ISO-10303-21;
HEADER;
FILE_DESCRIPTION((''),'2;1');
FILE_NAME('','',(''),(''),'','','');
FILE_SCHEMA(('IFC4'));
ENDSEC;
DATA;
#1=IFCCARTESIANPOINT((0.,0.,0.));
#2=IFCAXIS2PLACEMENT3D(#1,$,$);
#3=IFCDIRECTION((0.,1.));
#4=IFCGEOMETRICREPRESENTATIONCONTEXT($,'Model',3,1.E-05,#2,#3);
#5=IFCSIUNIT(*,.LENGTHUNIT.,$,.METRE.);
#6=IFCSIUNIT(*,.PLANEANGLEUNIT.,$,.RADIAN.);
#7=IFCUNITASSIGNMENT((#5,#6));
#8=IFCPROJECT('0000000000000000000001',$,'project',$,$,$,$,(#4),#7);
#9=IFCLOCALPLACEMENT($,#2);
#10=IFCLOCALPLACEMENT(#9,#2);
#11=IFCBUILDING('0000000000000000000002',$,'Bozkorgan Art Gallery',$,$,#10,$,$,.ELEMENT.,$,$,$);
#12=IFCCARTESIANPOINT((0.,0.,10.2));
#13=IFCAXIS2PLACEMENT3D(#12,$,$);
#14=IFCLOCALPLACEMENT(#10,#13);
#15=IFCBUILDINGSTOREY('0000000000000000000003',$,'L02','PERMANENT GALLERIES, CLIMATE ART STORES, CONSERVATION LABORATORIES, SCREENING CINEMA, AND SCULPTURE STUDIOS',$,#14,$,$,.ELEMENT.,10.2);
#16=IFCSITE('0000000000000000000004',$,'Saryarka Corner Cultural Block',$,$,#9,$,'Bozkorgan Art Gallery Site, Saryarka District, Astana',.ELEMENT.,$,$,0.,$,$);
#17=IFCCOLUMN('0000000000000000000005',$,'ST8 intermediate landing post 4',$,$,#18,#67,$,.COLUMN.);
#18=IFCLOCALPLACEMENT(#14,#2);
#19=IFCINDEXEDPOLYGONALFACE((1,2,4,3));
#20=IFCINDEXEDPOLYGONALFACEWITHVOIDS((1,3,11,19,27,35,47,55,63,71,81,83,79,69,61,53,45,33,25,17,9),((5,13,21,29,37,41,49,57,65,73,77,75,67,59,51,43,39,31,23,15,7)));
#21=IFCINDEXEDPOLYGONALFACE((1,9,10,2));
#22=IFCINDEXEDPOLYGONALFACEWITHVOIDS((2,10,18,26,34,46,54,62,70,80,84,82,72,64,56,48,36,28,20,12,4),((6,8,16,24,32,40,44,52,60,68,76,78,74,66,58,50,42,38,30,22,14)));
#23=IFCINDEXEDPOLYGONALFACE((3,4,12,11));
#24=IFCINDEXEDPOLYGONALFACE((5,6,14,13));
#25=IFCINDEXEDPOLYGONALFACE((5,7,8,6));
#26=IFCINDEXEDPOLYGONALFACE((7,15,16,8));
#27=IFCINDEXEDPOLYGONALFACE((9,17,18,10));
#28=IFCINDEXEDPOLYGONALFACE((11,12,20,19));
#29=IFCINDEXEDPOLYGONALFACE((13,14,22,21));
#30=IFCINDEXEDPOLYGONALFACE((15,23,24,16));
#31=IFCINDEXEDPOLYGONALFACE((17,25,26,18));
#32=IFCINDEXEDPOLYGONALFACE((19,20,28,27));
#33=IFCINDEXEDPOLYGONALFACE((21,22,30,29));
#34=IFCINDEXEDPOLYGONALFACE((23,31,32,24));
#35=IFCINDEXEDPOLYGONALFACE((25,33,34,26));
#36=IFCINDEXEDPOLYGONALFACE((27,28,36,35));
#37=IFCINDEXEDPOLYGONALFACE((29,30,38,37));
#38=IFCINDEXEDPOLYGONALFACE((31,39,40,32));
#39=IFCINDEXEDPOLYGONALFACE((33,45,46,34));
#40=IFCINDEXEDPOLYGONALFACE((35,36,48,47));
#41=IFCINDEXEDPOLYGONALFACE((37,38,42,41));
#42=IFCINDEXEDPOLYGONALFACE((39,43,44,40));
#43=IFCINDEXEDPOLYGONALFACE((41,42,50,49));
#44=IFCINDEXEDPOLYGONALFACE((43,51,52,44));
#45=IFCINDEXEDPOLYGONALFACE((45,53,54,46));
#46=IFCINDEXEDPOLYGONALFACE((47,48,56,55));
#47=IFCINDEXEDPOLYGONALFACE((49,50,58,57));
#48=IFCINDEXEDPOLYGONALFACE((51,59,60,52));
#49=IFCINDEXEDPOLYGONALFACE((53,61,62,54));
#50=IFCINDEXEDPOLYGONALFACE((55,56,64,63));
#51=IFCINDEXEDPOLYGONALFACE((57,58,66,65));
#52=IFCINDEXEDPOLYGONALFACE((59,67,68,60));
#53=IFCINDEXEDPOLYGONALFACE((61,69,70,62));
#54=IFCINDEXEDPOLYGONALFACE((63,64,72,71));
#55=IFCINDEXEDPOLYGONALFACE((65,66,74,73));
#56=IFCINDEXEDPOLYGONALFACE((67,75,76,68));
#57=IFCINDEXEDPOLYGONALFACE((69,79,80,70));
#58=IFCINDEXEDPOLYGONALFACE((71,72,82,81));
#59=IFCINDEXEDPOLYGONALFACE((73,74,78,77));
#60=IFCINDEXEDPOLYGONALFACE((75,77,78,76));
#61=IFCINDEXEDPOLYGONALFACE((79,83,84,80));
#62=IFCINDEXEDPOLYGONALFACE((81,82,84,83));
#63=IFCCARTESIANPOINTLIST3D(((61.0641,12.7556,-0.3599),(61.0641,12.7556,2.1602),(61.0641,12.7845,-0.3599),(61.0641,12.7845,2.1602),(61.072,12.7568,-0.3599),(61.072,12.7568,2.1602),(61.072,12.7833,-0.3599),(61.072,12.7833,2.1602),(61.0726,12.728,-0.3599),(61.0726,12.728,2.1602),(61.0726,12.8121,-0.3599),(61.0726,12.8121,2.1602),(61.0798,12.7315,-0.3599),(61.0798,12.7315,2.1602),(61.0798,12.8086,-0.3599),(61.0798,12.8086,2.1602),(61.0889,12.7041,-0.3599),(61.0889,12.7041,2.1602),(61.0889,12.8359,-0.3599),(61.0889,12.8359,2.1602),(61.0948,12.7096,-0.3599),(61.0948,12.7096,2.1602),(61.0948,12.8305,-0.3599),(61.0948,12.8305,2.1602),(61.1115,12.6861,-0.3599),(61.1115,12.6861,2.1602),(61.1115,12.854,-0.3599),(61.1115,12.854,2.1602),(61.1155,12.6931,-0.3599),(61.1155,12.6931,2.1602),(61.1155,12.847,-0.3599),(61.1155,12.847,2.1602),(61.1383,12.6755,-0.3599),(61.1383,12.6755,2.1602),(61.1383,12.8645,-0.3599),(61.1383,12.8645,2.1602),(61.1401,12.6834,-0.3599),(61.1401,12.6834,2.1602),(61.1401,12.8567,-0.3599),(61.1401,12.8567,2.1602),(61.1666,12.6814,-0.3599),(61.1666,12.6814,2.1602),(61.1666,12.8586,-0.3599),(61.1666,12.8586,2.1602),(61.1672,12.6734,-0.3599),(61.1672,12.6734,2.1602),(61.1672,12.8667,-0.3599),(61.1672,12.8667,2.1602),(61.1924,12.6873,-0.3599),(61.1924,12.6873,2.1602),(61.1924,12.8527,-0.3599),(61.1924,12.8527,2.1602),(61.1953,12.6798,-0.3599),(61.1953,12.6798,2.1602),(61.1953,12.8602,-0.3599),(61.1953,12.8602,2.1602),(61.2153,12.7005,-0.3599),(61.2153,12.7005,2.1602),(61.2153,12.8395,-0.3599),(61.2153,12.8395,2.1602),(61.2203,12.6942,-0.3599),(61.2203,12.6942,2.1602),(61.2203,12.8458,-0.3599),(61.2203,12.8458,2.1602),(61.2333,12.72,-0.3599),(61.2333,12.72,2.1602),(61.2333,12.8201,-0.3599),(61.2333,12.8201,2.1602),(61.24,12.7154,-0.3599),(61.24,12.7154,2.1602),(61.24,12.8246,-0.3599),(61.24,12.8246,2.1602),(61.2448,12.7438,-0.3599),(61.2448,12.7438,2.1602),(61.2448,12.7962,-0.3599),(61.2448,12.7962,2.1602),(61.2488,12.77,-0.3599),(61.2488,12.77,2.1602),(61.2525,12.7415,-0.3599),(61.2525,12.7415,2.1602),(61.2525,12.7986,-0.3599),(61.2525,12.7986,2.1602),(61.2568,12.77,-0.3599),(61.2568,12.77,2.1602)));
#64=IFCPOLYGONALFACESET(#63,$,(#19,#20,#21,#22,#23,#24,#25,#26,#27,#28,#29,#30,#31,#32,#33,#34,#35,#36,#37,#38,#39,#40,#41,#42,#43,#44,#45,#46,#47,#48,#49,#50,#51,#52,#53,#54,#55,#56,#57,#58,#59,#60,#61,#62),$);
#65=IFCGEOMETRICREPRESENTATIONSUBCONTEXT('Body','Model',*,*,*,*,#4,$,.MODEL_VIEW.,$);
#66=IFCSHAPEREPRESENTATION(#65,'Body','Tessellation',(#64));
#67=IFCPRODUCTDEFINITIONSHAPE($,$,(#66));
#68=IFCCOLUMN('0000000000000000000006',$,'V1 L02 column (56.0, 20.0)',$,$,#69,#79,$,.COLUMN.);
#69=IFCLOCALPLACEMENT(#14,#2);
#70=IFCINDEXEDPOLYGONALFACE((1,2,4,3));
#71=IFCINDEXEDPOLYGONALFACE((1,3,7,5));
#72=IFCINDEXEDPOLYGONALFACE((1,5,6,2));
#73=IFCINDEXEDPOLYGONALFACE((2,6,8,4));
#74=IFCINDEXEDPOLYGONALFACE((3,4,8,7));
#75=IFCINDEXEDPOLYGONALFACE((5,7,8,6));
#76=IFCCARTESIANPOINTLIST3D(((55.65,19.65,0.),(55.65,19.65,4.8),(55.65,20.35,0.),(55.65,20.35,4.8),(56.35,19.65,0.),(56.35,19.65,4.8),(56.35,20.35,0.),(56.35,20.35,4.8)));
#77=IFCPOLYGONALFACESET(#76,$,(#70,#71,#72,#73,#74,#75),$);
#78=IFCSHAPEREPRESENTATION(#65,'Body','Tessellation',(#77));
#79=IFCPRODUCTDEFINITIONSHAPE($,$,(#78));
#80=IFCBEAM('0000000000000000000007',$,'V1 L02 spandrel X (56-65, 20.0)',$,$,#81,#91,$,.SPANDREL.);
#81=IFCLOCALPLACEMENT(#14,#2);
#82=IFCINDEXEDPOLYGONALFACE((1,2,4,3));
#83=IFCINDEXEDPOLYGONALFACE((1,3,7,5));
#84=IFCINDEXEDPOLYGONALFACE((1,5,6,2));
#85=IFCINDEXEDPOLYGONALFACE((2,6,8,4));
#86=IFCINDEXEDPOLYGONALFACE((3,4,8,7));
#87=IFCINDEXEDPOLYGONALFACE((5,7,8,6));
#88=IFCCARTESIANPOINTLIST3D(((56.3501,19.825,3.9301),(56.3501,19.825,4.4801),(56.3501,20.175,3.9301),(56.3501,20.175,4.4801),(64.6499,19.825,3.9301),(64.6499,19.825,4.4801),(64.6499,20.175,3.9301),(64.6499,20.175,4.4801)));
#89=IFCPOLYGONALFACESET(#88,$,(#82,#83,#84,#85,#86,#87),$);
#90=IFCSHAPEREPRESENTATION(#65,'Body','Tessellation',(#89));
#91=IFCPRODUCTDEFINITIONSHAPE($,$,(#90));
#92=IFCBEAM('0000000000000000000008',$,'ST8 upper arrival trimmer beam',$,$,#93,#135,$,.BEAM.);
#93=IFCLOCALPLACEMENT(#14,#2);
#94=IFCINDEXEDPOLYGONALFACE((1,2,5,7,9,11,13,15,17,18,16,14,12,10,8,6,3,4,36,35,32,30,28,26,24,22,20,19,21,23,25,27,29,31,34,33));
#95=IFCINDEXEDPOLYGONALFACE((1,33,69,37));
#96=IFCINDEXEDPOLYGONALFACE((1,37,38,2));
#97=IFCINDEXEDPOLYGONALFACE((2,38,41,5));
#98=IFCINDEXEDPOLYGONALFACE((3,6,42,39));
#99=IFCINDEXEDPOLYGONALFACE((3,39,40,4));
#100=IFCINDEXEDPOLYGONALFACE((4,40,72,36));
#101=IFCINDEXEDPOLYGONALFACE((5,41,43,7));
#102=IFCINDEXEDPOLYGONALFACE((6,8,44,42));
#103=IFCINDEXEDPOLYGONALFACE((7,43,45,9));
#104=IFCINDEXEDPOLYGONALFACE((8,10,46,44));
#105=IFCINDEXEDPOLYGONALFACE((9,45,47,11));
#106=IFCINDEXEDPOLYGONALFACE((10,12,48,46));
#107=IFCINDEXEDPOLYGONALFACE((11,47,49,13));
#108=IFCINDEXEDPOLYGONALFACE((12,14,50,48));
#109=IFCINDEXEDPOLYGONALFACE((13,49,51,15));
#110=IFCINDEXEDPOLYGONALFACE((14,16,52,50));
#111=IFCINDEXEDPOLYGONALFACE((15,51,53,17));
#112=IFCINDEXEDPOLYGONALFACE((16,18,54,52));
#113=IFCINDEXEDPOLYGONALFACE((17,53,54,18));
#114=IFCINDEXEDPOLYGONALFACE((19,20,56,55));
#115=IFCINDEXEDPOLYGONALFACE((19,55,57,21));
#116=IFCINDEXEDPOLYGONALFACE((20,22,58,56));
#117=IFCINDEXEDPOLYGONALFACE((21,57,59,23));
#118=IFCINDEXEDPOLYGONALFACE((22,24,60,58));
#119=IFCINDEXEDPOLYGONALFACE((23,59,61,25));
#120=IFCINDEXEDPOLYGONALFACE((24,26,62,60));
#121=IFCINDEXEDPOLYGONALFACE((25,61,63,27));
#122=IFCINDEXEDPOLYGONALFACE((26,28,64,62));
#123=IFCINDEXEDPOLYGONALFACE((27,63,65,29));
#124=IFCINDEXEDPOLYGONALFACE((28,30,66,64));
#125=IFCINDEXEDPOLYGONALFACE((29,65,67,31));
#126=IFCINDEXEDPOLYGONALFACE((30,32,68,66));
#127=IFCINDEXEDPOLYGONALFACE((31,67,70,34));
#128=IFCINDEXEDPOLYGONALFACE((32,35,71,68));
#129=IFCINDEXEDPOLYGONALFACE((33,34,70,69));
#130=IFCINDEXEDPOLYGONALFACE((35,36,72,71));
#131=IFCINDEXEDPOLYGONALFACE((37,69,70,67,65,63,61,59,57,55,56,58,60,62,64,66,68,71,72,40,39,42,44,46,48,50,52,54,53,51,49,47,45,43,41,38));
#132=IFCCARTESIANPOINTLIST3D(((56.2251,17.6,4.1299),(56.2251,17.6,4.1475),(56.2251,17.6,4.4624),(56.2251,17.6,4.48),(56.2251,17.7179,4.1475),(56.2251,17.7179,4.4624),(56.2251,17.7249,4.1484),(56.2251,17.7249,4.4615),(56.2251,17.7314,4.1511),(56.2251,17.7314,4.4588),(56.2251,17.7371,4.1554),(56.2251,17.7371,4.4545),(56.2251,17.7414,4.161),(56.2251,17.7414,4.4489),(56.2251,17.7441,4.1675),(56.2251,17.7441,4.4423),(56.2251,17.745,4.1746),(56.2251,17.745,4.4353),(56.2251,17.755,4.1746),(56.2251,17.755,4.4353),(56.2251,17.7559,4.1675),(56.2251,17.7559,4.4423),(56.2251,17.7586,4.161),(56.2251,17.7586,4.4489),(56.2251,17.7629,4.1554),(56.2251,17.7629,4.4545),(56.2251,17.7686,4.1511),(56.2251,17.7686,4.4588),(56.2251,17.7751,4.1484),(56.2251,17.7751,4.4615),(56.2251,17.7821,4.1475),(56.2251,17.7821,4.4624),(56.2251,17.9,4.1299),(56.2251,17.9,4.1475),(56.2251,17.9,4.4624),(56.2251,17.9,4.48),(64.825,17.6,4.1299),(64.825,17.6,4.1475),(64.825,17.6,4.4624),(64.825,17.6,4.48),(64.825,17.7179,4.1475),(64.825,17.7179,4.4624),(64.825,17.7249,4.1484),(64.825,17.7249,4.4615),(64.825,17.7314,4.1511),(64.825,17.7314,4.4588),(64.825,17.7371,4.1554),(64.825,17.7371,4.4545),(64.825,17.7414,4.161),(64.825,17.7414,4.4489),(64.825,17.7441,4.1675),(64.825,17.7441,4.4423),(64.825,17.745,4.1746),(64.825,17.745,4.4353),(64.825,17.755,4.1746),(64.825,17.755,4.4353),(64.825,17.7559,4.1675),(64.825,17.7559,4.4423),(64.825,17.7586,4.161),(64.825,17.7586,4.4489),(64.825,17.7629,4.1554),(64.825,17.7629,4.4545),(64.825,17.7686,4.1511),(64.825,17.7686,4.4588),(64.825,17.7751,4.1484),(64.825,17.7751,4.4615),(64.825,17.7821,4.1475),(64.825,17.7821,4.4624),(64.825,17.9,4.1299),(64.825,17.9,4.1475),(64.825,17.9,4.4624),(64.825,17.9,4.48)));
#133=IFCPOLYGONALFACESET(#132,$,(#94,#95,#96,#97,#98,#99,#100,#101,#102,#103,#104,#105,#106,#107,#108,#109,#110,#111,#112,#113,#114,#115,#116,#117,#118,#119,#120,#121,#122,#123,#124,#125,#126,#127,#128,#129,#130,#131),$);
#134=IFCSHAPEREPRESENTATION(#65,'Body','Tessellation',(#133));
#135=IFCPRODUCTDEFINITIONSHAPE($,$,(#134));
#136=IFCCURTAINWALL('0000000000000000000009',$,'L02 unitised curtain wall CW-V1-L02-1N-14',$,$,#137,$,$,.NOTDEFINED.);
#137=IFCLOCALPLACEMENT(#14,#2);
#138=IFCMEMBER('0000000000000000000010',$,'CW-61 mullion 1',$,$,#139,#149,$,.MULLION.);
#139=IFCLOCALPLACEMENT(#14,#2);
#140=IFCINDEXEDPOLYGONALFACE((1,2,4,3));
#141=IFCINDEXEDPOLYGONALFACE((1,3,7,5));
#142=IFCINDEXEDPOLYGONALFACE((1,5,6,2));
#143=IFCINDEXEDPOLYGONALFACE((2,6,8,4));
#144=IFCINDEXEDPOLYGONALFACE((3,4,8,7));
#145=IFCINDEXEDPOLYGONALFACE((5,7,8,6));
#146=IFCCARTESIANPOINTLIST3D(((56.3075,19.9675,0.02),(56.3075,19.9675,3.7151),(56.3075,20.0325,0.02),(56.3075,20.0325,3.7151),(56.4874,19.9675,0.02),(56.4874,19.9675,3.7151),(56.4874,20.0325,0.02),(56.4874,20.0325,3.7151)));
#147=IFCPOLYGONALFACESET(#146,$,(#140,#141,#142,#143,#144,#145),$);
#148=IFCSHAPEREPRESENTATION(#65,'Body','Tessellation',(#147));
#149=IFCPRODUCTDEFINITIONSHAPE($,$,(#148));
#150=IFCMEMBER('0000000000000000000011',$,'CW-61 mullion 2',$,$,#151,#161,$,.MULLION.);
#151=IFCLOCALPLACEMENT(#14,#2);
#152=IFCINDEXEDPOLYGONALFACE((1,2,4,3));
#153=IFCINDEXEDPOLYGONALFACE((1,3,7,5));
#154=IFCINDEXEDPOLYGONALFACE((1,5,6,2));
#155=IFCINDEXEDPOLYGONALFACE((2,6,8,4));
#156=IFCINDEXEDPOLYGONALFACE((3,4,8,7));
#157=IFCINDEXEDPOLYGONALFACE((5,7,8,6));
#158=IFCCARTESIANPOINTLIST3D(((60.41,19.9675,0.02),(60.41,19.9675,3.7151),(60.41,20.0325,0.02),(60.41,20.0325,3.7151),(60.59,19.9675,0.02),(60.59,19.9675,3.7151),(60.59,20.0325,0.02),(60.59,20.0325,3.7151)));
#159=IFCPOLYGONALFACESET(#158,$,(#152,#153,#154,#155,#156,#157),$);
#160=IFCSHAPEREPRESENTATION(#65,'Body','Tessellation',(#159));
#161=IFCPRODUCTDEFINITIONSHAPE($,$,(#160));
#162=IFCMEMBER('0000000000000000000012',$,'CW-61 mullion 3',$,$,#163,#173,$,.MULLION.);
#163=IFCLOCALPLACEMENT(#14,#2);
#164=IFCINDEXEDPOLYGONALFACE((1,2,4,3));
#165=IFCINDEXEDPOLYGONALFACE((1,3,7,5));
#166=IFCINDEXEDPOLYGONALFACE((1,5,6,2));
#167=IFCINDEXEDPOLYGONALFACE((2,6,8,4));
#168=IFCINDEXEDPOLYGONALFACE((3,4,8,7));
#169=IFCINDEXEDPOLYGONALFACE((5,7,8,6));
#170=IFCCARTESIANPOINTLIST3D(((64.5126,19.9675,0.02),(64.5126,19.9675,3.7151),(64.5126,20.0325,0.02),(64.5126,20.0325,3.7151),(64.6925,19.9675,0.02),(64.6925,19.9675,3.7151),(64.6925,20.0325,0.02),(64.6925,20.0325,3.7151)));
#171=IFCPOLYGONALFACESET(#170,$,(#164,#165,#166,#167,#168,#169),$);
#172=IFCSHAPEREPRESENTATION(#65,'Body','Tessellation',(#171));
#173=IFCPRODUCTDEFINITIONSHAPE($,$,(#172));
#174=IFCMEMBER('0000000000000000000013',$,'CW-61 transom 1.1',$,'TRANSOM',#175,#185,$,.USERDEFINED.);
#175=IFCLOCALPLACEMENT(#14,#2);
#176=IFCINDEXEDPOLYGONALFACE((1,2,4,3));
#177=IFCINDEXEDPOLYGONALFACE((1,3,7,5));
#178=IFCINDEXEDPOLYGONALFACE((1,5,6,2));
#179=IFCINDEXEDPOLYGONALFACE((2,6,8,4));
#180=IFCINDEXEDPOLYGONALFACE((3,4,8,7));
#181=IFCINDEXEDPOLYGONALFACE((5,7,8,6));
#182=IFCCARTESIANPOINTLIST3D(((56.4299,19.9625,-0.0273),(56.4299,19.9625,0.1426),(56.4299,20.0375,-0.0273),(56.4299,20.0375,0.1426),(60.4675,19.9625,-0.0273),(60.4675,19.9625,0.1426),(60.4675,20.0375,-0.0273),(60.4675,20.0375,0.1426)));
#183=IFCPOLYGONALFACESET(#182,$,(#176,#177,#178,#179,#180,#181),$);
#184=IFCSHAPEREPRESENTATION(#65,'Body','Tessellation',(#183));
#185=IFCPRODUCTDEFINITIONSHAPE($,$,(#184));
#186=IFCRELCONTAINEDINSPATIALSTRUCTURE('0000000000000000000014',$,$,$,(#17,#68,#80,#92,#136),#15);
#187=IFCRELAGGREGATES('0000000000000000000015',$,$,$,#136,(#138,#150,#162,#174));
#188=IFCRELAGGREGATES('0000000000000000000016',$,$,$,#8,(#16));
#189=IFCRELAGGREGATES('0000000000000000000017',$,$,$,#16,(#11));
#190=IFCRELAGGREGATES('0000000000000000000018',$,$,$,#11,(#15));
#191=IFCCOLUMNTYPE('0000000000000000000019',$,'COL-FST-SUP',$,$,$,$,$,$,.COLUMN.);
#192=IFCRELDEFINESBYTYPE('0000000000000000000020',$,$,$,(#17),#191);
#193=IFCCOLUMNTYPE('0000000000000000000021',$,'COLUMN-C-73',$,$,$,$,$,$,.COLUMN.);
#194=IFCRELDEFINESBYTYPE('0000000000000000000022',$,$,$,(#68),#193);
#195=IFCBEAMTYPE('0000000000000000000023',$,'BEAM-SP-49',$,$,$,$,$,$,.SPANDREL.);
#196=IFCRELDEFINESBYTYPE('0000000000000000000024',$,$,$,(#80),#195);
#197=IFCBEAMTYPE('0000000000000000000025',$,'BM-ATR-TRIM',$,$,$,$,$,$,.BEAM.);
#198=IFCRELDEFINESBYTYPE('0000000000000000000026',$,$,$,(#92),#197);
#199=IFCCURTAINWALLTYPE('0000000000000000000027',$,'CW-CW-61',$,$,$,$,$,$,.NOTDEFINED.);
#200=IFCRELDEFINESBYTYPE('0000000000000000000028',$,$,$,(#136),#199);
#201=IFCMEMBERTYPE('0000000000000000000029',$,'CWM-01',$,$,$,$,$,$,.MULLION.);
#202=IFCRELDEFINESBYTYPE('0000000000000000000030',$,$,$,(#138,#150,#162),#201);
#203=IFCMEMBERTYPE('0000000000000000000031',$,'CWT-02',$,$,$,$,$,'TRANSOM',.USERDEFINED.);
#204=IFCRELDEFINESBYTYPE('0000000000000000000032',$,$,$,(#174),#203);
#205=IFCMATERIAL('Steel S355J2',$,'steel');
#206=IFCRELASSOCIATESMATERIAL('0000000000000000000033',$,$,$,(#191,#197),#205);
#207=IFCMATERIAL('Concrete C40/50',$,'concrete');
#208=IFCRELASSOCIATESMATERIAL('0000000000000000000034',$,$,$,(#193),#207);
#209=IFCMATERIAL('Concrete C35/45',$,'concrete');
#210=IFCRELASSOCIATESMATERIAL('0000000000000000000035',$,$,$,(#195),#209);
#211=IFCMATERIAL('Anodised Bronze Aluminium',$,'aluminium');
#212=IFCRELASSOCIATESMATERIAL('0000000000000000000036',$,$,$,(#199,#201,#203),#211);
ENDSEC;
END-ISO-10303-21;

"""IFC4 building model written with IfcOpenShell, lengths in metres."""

from ifc_helpers import new_model, si_unit, direction, frame, origin, origin_2d, place, context, subcontext, project, spatial, rectangle, hollow_circle, i_section, extrude, material, material_profile, profile_set, type_object, element, aggregate, save


model = new_model("IFC4")

# Units and contexts
model_context = context("Model", 3, precision=1e-05, world=origin(), true_north=direction((0.0, 1.0)))
body_context = subcontext(model_context, "Body", "Model", "MODEL_VIEW")
ifc_project = project(units=[si_unit("LENGTHUNIT", "METRE"), si_unit("PLANEANGLEUNIT", "RADIAN")], contexts=[model_context])

# Site, building, storey
site_placement = place(None, origin())
site = spatial("IfcSite", under=ifc_project, at=site_placement, Name="Saryarka Corner Cultural Block", LongName="Bozkorgan Art Gallery Site, Saryarka District, Astana", CompositionType="ELEMENT", RefElevation=0.0)
building_placement = place(site_placement, origin())
building = spatial("IfcBuilding", under=site, at=building_placement, Name="Bozkorgan Art Gallery", CompositionType="ELEMENT")
storey_placement = place(building_placement, frame((0.0, 0.0, 10.2)))
storey = spatial("IfcBuildingStorey", under=building, at=storey_placement, Name="L02", Description="PERMANENT GALLERIES, CLIMATE ART STORES, CONSERVATION LABORATORIES, SCREENING CINEMA, AND SCULPTURE STUDIOS", CompositionType="ELEMENT", Elevation=10.2)

# Columns
ifc_material_1 = material(Name="Steel S355J2", Category="steel")
ifc_material_profile_1 = material_profile(ifc_material_1, hollow_circle(Radius=0.0969, WallThickness=0.0081, at=origin_2d()), Name="CHS 193.7x8")
ifc_profile_set_1 = profile_set([ifc_material_profile_1], Name="Steel S355J2")
column_type_1 = type_object("IfcColumnType", Name="COL-FST-SUP", PredefinedType="COLUMN", material=ifc_profile_set_1)
column_1_placement = place(storey_placement, frame((61.1599, 12.77, -0.3599), z_axis=(0.0, 0.0, 1.0), x_axis=(1.0, 0.0, 0.0)))
element("IfcColumn", 1, at=column_1_placement, inside=storey, type_object=column_type_1, Name="ST8 intermediate landing post 4", PredefinedType="COLUMN", context=body_context, shape_type="SweptSolid", body=[
    extrude(hollow_circle(Radius=0.0969, WallThickness=0.0081, at=origin_2d()), origin(), (0.0, 0.0, 1.0), 2.52),
])
ifc_material_2 = material(Name="Concrete C40/50", Category="concrete")
ifc_material_profile_2 = material_profile(ifc_material_2, rectangle(XDim=0.7, YDim=0.7, at=origin_2d()), Name="RC 700x700")
ifc_profile_set_2 = profile_set([ifc_material_profile_2], Name="Concrete C40/50")
column_type_2 = type_object("IfcColumnType", Name="COLUMN-C-73", PredefinedType="COLUMN", material=ifc_profile_set_2)
column_2_placement = place(storey_placement, frame((56.0, 20.0, 0.0), z_axis=(0.0, 0.0, 1.0), x_axis=(1.0, 0.0, 0.0)))
element("IfcColumn", 2, at=column_2_placement, inside=storey, type_object=column_type_2, Name="V1 L02 column (56.0, 20.0)", PredefinedType="COLUMN", context=body_context, shape_type="SweptSolid", body=[
    extrude(rectangle(XDim=0.7, YDim=0.7, at=origin_2d()), origin(), (0.0, 0.0, 1.0), 4.8),
])

# Beams
ifc_material_3 = material(Name="Concrete C35/45", Category="concrete")
ifc_material_profile_3 = material_profile(ifc_material_3, rectangle(XDim=0.3501, YDim=0.55, at=origin_2d()), Name="RC 350x550")
ifc_profile_set_3 = profile_set([ifc_material_profile_3], Name="Concrete C35/45")
beam_type_1 = type_object("IfcBeamType", Name="BEAM-SP-49", PredefinedType="SPANDREL", material=ifc_profile_set_3)
beam_1_placement = place(storey_placement, frame((56.3501, 20.0, 4.2051), z_axis=(1.0, 0.0, 0.0), x_axis=(0.0, 1.0, 0.0)))
element("IfcBeam", 3, at=beam_1_placement, inside=storey, type_object=beam_type_1, Name="V1 L02 spandrel X (56-65, 20.0)", PredefinedType="SPANDREL", context=body_context, shape_type="SweptSolid", body=[
    extrude(rectangle(XDim=0.3501, YDim=0.55, at=origin_2d()), origin(), (0.0, 0.0, 1.0), 8.2998),
])
ifc_material_profile_4 = material_profile(ifc_material_1, i_section(OverallWidth=0.3, OverallDepth=0.3501, WebThickness=0.01, FlangeThickness=0.0176, FilletRadius=0.0271, at=origin_2d()), Name="HEA 360")
ifc_profile_set_4 = profile_set([ifc_material_profile_4], Name="Steel S355J2")
beam_type_2 = type_object("IfcBeamType", Name="BM-ATR-TRIM", PredefinedType="BEAM", material=ifc_profile_set_4)
beam_2_placement = place(storey_placement, frame((56.2251, 17.75, 4.3049), z_axis=(1.0, 0.0, 0.0), x_axis=(0.0, 1.0, 0.0)))
element("IfcBeam", 4, at=beam_2_placement, inside=storey, type_object=beam_type_2, Name="ST8 upper arrival trimmer beam", PredefinedType="BEAM", context=body_context, shape_type="SweptSolid", body=[
    extrude(i_section(OverallWidth=0.3, OverallDepth=0.3501, WebThickness=0.01, FlangeThickness=0.0176, FilletRadius=0.0271, at=origin_2d()), origin(), (0.0, 0.0, 1.0), 8.5999),
])

# Curtain wall, members
ifc_material_4 = material(Name="Anodised Bronze Aluminium", Category="aluminium")
curtain_wall_type_1 = type_object("IfcCurtainWallType", Name="CW-CW-61", PredefinedType="NOTDEFINED", material=ifc_material_4)
curtain_wall_1_placement = place(storey_placement, origin())
curtain_wall_1 = element("IfcCurtainWall", 5, at=curtain_wall_1_placement, inside=storey, type_object=curtain_wall_type_1, Name="L02 unitised curtain wall CW-V1-L02-1N-14", PredefinedType="NOTDEFINED")
ifc_material_profile_5 = material_profile(ifc_material_4, rectangle(XDim=0.0649, YDim=0.1799, at=origin_2d()), Name="ALU MULLION 65x180")
ifc_profile_set_5 = profile_set([ifc_material_profile_5], Name="Anodised Bronze Aluminium")
member_type_1 = type_object("IfcMemberType", Name="CWM-01", PredefinedType="MULLION", material=ifc_profile_set_5)
member_1_placement = place(storey_placement, frame((56.3975, 20.0, 0.02), z_axis=(0.0, 0.0, 1.0), x_axis=(0.0, 1.0, 0.0)))
member_1 = element("IfcMember", 6, at=member_1_placement, type_object=member_type_1, Name="CW-61 mullion 1", PredefinedType="MULLION", context=body_context, shape_type="SweptSolid", body=[
    extrude(rectangle(XDim=0.0649, YDim=0.1799, at=origin_2d()), origin(), (0.0, 0.0, 1.0), 3.6951),
])
member_2_placement = place(storey_placement, frame((60.5, 20.0, 0.02), z_axis=(0.0, 0.0, 1.0), x_axis=(0.0, 1.0, 0.0)))
member_2 = element("IfcMember", 7, at=member_2_placement, type_object=member_type_1, Name="CW-61 mullion 2", PredefinedType="MULLION", context=body_context, shape_type="SweptSolid", body=[
    extrude(rectangle(XDim=0.0649, YDim=0.1799, at=origin_2d()), origin(), (0.0, 0.0, 1.0), 3.6951),
])
member_3_placement = place(storey_placement, frame((64.6025, 20.0, 0.02), z_axis=(0.0, 0.0, 1.0), x_axis=(0.0, 1.0, 0.0)))
member_3 = element("IfcMember", 8, at=member_3_placement, type_object=member_type_1, Name="CW-61 mullion 3", PredefinedType="MULLION", context=body_context, shape_type="SweptSolid", body=[
    extrude(rectangle(XDim=0.0649, YDim=0.1799, at=origin_2d()), origin(), (0.0, 0.0, 1.0), 3.6951),
])
ifc_material_profile_6 = material_profile(ifc_material_4, rectangle(XDim=0.075, YDim=0.1699, at=origin_2d()), Name="ALU TRANSOM 75x170")
ifc_profile_set_6 = profile_set([ifc_material_profile_6], Name="Anodised Bronze Aluminium")
member_type_2 = type_object("IfcMemberType", Name="CWT-02", ElementType="TRANSOM", PredefinedType="USERDEFINED", material=ifc_profile_set_6)
member_4_placement = place(storey_placement, frame((56.4299, 20.0, 0.0576), z_axis=(1.0, 0.0, 0.0), x_axis=(0.0, 1.0, 0.0)))
member_4 = element("IfcMember", 9, at=member_4_placement, type_object=member_type_2, Name="CW-61 transom 1.1", ObjectType="TRANSOM", PredefinedType="USERDEFINED", context=body_context, shape_type="SweptSolid", body=[
    extrude(rectangle(XDim=0.075, YDim=0.1699, at=origin_2d()), origin(), (0.0, 0.0, 1.0), 4.0376),
])
aggregate(curtain_wall_1, [member_1, member_2, member_3, member_4])

save(model, "model.ifc")
